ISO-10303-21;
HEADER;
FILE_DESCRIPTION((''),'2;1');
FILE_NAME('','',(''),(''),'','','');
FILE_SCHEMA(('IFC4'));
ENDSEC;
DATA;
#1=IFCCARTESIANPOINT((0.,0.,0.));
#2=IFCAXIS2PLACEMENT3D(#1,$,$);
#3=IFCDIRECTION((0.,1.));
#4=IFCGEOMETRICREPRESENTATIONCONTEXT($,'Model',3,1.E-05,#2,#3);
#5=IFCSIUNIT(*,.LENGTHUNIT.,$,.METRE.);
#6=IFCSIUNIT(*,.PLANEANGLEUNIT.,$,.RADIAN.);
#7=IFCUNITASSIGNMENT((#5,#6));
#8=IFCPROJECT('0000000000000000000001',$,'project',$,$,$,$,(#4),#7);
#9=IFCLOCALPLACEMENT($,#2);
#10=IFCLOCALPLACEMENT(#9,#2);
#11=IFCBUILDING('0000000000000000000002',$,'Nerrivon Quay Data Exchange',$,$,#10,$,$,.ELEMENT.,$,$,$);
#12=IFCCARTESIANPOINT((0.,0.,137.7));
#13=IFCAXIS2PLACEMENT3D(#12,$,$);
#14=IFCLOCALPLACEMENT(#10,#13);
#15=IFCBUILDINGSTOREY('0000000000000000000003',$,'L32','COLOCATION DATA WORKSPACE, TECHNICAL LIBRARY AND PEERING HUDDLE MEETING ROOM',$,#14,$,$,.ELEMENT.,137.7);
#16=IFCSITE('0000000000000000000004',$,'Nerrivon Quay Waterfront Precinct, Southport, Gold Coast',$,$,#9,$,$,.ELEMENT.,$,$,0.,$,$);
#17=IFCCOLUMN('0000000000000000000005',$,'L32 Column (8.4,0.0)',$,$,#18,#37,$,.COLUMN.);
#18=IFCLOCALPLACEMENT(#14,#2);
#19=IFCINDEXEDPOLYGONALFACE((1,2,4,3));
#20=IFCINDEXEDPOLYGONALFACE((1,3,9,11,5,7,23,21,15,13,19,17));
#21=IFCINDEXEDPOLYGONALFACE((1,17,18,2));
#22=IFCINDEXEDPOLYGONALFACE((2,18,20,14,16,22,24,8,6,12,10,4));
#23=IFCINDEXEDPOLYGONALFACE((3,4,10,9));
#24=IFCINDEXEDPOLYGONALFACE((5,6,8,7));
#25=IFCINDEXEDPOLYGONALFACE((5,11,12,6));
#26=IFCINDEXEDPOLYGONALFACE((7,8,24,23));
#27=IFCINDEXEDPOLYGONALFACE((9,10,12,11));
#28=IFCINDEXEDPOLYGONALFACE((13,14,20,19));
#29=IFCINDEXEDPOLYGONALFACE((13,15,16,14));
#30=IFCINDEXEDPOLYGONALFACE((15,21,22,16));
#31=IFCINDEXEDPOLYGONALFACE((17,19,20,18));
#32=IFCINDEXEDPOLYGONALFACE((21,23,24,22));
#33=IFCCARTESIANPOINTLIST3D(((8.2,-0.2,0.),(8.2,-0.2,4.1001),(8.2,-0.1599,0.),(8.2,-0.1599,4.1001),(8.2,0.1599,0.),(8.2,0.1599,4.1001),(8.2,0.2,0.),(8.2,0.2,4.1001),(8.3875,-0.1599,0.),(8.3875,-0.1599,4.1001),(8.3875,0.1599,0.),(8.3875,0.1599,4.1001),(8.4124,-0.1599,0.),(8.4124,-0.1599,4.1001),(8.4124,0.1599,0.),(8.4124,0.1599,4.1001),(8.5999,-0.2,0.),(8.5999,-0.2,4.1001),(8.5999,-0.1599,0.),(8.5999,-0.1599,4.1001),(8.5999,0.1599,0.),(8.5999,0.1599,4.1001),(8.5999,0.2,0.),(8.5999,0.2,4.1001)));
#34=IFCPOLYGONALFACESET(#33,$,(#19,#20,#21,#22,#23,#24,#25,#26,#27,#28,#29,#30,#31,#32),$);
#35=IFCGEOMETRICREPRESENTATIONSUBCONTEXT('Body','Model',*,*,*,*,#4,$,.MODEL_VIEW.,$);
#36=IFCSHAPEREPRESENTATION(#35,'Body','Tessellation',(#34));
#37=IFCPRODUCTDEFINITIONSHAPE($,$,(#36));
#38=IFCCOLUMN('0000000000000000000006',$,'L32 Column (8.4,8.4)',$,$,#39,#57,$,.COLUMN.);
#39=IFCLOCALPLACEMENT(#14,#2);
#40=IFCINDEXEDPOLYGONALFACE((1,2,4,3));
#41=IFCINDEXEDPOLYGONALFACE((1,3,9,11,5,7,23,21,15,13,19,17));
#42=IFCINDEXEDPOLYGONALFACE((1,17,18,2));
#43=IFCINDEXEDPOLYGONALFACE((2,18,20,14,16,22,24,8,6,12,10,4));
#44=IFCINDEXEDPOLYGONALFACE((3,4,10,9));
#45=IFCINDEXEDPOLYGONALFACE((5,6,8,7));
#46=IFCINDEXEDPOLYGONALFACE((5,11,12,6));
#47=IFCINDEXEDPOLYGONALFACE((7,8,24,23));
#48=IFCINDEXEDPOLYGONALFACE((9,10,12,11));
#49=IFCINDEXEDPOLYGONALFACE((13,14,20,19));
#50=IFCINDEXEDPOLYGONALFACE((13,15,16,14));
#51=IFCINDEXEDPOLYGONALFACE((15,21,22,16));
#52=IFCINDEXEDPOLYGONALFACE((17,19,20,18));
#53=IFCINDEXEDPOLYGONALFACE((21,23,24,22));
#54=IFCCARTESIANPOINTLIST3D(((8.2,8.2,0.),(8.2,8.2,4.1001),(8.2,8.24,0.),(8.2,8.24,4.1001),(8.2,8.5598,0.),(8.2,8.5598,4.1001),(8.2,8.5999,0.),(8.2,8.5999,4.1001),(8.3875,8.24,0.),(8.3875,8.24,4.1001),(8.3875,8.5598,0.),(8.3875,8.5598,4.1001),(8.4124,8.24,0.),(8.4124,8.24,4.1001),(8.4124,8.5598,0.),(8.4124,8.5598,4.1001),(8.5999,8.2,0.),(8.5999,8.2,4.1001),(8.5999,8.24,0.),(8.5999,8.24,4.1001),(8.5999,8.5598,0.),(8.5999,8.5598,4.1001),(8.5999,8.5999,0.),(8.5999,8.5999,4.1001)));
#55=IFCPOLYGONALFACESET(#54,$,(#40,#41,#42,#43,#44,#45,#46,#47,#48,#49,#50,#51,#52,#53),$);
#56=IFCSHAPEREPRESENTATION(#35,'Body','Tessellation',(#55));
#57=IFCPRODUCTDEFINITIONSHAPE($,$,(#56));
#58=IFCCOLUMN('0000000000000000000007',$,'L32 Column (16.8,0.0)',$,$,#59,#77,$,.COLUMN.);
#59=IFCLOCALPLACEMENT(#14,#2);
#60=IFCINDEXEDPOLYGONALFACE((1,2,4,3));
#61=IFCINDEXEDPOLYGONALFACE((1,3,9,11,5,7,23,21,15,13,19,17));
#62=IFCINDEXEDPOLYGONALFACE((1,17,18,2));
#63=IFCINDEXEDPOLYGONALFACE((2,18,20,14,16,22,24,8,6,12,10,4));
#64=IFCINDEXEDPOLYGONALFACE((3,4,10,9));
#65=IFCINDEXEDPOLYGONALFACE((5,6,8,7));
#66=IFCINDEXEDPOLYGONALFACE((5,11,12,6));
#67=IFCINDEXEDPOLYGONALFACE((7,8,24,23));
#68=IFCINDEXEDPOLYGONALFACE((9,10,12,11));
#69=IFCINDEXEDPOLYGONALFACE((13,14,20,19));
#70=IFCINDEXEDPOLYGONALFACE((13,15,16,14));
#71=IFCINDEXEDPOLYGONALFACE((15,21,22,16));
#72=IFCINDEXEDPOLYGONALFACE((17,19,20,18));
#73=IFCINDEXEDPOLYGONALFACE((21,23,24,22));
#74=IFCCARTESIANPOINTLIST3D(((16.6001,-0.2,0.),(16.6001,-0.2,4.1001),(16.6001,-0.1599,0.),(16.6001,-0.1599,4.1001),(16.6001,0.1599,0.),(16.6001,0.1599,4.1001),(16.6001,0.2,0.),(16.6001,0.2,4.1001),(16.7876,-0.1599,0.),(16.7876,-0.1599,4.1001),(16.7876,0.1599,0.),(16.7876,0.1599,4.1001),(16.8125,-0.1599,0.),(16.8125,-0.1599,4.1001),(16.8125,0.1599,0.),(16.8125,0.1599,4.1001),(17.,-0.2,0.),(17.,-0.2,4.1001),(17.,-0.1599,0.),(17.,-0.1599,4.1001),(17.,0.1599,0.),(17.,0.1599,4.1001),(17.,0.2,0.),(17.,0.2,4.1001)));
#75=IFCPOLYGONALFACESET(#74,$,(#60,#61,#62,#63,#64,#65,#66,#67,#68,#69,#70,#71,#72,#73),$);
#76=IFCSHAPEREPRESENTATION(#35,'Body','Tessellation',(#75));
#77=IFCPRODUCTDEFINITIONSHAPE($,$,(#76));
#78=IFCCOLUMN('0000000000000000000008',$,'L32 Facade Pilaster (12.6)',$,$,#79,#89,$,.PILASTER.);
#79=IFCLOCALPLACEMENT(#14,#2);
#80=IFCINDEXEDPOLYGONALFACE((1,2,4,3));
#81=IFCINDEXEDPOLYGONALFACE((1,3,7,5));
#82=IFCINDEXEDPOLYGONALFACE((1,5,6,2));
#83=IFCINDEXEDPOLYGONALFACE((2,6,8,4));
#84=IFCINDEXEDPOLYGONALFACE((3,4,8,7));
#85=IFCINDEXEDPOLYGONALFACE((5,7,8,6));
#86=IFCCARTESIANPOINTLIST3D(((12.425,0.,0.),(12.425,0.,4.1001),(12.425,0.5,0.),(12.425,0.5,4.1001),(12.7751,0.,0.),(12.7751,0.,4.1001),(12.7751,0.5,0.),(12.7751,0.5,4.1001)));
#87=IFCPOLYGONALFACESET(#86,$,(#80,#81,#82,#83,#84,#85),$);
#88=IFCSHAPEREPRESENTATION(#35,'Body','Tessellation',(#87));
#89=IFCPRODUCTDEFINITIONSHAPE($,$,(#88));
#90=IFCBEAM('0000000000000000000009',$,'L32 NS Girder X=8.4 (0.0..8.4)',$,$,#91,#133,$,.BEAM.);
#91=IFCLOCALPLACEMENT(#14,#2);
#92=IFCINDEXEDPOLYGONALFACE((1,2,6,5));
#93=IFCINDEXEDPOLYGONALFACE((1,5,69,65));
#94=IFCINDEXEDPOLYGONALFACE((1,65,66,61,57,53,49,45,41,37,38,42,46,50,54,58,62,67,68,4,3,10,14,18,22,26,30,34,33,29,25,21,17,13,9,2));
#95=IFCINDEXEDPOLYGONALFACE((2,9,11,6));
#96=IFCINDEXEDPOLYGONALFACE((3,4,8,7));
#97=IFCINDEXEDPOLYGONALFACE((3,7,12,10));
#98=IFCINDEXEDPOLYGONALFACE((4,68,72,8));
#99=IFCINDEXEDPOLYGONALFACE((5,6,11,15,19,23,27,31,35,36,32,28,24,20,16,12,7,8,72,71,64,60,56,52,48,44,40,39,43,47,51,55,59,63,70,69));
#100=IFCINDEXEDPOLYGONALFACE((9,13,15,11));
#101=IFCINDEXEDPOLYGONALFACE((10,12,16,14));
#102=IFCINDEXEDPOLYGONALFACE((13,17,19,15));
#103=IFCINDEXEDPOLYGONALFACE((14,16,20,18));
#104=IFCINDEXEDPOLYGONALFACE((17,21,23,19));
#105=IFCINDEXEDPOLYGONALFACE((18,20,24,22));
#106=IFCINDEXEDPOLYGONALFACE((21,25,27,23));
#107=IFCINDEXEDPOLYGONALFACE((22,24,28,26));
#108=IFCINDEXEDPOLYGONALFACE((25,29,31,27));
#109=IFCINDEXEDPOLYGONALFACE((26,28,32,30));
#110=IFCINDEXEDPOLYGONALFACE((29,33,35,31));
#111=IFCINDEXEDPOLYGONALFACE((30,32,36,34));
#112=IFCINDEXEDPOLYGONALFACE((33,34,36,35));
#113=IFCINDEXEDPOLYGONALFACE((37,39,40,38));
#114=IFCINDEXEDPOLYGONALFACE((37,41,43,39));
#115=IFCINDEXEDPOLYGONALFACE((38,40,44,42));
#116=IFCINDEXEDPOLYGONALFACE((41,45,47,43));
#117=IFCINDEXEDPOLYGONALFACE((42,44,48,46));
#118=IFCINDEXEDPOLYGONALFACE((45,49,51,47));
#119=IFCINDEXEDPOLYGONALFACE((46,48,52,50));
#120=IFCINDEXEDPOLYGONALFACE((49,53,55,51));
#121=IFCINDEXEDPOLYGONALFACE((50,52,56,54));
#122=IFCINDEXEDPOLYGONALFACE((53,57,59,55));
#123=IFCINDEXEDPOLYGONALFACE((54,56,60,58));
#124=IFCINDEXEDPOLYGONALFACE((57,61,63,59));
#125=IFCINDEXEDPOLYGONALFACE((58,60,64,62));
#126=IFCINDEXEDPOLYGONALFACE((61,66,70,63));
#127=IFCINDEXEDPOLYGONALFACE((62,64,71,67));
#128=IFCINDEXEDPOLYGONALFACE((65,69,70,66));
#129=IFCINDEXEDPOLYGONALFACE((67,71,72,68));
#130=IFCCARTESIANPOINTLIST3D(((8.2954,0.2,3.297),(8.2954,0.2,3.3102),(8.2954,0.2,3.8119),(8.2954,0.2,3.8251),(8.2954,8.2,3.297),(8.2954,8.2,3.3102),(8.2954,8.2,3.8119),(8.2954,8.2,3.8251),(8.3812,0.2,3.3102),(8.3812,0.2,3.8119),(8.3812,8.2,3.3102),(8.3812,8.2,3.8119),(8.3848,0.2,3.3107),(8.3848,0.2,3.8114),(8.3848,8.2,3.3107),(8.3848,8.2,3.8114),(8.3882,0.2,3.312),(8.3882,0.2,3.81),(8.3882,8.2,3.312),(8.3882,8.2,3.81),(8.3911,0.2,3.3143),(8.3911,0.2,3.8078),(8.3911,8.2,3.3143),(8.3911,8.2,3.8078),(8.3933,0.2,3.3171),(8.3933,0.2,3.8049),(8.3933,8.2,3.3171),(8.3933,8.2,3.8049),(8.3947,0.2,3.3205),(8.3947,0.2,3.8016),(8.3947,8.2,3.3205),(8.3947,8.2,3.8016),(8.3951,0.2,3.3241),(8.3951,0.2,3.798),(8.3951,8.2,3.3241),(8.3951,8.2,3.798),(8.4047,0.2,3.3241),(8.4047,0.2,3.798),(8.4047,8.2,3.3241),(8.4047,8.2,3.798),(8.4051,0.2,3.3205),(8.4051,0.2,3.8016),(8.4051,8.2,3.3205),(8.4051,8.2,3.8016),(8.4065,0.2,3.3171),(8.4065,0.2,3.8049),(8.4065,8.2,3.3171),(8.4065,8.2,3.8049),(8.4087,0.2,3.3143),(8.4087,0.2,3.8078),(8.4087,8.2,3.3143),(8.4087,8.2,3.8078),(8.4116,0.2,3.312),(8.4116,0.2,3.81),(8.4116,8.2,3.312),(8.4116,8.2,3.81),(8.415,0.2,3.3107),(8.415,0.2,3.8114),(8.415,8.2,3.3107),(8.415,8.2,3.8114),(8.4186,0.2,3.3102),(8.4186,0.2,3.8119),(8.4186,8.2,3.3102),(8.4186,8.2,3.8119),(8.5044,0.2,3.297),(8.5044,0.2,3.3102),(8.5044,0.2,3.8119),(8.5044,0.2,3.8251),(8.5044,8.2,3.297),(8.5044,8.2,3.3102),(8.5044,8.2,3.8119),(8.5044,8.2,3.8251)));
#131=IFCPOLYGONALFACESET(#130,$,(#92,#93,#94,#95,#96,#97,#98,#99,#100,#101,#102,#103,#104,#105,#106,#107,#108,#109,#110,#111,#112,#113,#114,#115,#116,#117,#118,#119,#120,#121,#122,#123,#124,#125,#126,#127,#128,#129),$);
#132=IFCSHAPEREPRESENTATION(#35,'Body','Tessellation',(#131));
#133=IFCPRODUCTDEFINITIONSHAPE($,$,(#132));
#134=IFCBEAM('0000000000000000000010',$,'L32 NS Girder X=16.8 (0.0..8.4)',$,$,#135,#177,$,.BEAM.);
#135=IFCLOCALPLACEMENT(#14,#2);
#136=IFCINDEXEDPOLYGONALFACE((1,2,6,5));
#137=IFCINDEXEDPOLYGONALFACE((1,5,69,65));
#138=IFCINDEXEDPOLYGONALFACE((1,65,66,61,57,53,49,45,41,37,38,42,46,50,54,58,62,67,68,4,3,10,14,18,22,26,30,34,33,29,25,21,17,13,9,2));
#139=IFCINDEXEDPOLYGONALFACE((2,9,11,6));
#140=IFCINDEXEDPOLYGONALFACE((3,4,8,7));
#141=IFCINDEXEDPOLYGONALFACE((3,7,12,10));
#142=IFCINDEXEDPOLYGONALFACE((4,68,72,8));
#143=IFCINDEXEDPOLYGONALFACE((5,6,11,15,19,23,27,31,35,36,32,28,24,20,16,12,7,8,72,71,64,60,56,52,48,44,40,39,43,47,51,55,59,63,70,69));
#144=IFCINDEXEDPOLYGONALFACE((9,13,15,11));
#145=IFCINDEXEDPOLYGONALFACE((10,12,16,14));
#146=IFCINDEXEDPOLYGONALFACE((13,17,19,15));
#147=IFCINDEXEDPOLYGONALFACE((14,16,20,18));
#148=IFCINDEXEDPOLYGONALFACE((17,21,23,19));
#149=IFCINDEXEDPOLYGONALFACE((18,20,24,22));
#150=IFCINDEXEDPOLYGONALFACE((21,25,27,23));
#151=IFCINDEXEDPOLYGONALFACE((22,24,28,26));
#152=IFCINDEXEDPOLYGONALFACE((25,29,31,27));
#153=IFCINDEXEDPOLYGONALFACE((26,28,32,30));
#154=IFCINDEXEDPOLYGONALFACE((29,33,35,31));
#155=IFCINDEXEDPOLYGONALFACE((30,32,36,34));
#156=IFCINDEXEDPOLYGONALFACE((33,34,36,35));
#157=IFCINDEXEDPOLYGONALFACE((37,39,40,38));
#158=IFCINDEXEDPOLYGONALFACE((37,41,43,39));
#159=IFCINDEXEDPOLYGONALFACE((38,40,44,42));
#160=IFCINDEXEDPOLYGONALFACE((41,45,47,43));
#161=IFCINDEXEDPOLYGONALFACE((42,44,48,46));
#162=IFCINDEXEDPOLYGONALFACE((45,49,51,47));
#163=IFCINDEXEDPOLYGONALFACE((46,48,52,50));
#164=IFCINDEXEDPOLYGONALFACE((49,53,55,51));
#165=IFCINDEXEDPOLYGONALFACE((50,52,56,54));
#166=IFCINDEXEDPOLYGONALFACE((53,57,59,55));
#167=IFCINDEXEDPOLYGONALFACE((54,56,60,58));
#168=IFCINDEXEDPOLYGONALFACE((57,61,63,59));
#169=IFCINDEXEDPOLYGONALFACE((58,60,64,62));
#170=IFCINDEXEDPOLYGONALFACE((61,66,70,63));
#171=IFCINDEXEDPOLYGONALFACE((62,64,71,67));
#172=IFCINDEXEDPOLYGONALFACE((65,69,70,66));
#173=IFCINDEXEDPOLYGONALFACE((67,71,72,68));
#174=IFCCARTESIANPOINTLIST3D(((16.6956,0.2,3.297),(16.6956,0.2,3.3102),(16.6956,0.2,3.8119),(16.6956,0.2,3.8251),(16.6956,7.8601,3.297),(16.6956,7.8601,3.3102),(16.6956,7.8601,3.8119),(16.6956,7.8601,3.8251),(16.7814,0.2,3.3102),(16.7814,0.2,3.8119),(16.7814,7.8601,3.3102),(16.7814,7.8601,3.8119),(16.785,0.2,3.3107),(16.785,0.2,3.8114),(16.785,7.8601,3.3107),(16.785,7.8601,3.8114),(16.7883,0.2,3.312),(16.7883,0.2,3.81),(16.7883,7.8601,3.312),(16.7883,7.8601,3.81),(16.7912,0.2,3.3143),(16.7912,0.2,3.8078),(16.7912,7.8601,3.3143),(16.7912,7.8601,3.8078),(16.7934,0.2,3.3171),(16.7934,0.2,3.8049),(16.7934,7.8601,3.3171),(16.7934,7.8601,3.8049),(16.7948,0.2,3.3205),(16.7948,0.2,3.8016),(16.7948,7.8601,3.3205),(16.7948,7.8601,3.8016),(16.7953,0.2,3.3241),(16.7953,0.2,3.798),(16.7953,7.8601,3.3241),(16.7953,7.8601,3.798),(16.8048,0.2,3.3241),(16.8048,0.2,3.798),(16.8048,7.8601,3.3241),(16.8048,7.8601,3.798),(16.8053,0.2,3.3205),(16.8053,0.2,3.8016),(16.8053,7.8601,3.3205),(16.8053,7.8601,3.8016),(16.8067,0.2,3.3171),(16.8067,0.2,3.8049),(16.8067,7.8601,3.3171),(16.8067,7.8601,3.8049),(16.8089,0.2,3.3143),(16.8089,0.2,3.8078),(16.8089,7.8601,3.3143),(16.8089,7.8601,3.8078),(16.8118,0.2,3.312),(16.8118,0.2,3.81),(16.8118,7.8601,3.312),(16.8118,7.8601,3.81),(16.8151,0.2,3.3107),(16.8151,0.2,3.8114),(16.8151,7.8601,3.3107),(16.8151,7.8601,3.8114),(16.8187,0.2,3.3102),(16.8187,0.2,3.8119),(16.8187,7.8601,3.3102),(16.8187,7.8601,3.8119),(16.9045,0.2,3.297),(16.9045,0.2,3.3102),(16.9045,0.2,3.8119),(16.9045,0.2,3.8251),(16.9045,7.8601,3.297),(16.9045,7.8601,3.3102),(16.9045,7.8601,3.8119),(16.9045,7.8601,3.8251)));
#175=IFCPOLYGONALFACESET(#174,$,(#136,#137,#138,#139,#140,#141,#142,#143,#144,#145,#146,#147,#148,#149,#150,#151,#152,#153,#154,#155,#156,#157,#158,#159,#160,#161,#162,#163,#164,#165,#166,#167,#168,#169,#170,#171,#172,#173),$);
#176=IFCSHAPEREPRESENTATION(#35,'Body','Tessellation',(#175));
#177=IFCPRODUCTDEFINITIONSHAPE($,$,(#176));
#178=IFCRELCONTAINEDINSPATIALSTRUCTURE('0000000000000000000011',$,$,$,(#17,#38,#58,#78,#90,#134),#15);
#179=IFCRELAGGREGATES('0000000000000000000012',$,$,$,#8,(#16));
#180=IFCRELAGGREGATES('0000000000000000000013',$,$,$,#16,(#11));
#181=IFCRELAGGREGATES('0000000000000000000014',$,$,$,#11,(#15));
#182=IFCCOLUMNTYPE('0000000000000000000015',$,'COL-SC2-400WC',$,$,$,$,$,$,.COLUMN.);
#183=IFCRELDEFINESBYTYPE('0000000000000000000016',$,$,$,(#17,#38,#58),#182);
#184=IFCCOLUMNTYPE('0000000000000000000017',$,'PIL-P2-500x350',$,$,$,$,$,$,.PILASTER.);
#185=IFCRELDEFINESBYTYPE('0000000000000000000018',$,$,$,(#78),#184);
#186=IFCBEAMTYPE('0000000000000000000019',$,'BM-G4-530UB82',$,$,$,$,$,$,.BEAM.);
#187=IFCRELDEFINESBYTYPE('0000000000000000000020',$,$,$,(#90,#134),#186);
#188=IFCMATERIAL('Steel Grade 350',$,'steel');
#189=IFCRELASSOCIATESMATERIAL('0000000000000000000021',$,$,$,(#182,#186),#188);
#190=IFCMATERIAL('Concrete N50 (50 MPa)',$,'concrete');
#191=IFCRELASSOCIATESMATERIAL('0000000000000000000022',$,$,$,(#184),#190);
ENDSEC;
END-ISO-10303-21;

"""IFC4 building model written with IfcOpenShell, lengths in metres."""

from ifc_helpers import new_model, si_unit, direction, frame, origin, origin_2d, place, context, subcontext, project, spatial, rectangle, i_section, extrude, material, material_profile, profile_set, type_object, element, save


model = new_model("IFC4")

# Units and contexts
model_context = context("Model", 3, precision=1e-05, world=origin(), true_north=direction((0.0, 1.0)))
body_context = subcontext(model_context, "Body", "Model", "MODEL_VIEW")
ifc_project = project(units=[si_unit("LENGTHUNIT", "METRE"), si_unit("PLANEANGLEUNIT", "RADIAN")], contexts=[model_context])

# Site, building, storey
site_placement = place(None, origin())
site = spatial("IfcSite", under=ifc_project, at=site_placement, Name="Nerrivon Quay Waterfront Precinct, Southport, Gold Coast", CompositionType="ELEMENT", RefElevation=0.0)
building_placement = place(site_placement, origin())
building = spatial("IfcBuilding", under=site, at=building_placement, Name="Nerrivon Quay Data Exchange", CompositionType="ELEMENT")
storey_placement = place(building_placement, frame((0.0, 0.0, 137.7)))
storey = spatial("IfcBuildingStorey", under=building, at=storey_placement, Name="L32", Description="COLOCATION DATA WORKSPACE, TECHNICAL LIBRARY AND PEERING HUDDLE MEETING ROOM", CompositionType="ELEMENT", Elevation=137.7)

# Columns
ifc_material_1 = material(Name="Steel Grade 350", Category="steel")
ifc_material_profile_1 = material_profile(ifc_material_1, i_section(OverallWidth=0.3999, OverallDepth=0.3999, WebThickness=0.0249, FlangeThickness=0.04, at=origin_2d()), Name="400WC328")
ifc_profile_set_1 = profile_set([ifc_material_profile_1], Name="Steel Grade 350")
column_type_1 = type_object("IfcColumnType", Name="COL-SC2-400WC", PredefinedType="COLUMN", material=ifc_profile_set_1)
for number, where, z_axis, x_axis, name in (
    (1, (8.3999, 0.0, 0.0), (0.0, 0.0, 1.0), (1.0, 0.0, 0.0), "L32 Column (8.4,0.0)"),
    (2, (8.3999, 8.3999, 0.0), (0.0, 0.0, 1.0), (1.0, 0.0, 0.0), "L32 Column (8.4,8.4)"),
    (3, (16.8, 0.0, 0.0), (0.0, 0.0, 1.0), (1.0, 0.0, 0.0), "L32 Column (16.8,0.0)"),
):
    element("IfcColumn", number, at=place(storey_placement, frame(where, z_axis=z_axis, x_axis=x_axis)), inside=storey, type_object=column_type_1, Name=name, PredefinedType="COLUMN", context=body_context, shape_type="SweptSolid", body=[
        extrude(i_section(OverallWidth=0.3999, OverallDepth=0.3999, WebThickness=0.0249, FlangeThickness=0.04, at=origin_2d()), origin(), (0.0, 0.0, 1.0), 4.1001),
    ])
ifc_material_2 = material(Name="Concrete N50 (50 MPa)", Category="concrete")
ifc_material_profile_2 = material_profile(ifc_material_2, rectangle(XDim=0.3501, YDim=0.5, at=origin_2d()), Name="RC-PIL-500x350")
ifc_profile_set_2 = profile_set([ifc_material_profile_2], Name="Concrete N50 (50 MPa)")
column_type_2 = type_object("IfcColumnType", Name="PIL-P2-500x350", PredefinedType="PILASTER", material=ifc_profile_set_2)
column_placement = place(storey_placement, frame((12.6001, 0.25, 0.0), z_axis=(0.0, 0.0, 1.0), x_axis=(1.0, 0.0, 0.0)))
element("IfcColumn", 4, at=column_placement, inside=storey, type_object=column_type_2, Name="L32 Facade Pilaster (12.6)", PredefinedType="PILASTER", context=body_context, shape_type="SweptSolid", body=[
    extrude(rectangle(XDim=0.3501, YDim=0.5, at=origin_2d()), origin(), (0.0, 0.0, 1.0), 4.1001),
])

# Beams
ifc_material_profile_3 = material_profile(ifc_material_1, i_section(OverallWidth=0.209, OverallDepth=0.5281, WebThickness=0.0095, FlangeThickness=0.0132, FilletRadius=0.0139, at=origin_2d()), Name="530UB82.0")
ifc_profile_set_3 = profile_set([ifc_material_profile_3], Name="Steel Grade 350")
beam_type_1 = type_object("IfcBeamType", Name="BM-G4-530UB82", PredefinedType="BEAM", material=ifc_profile_set_3)
beam_1_placement = place(storey_placement, frame((8.3999, 0.2, 3.561), z_axis=(0.0, 1.0, 0.0), x_axis=(-1.0, 0.0, 0.0)))
element("IfcBeam", 5, at=beam_1_placement, inside=storey, type_object=beam_type_1, Name="L32 NS Girder X=8.4 (0.0..8.4)", PredefinedType="BEAM", context=body_context, shape_type="SweptSolid", body=[
    extrude(i_section(OverallWidth=0.209, OverallDepth=0.5281, WebThickness=0.0095, FlangeThickness=0.0132, FilletRadius=0.0139, at=origin_2d()), origin(), (0.0, 0.0, 1.0), 8.0),
])
beam_2_placement = place(storey_placement, frame((16.8, 0.2, 3.561), z_axis=(0.0, 1.0, 0.0), x_axis=(-1.0, 0.0, 0.0)))
element("IfcBeam", 6, at=beam_2_placement, inside=storey, type_object=beam_type_1, Name="L32 NS Girder X=16.8 (0.0..8.4)", PredefinedType="BEAM", context=body_context, shape_type="SweptSolid", body=[
    extrude(i_section(OverallWidth=0.209, OverallDepth=0.5281, WebThickness=0.0095, FlangeThickness=0.0132, FilletRadius=0.0139, at=origin_2d()), origin(), (0.0, 0.0, 1.0), 7.6602),
])

save(model, "model.ifc")
